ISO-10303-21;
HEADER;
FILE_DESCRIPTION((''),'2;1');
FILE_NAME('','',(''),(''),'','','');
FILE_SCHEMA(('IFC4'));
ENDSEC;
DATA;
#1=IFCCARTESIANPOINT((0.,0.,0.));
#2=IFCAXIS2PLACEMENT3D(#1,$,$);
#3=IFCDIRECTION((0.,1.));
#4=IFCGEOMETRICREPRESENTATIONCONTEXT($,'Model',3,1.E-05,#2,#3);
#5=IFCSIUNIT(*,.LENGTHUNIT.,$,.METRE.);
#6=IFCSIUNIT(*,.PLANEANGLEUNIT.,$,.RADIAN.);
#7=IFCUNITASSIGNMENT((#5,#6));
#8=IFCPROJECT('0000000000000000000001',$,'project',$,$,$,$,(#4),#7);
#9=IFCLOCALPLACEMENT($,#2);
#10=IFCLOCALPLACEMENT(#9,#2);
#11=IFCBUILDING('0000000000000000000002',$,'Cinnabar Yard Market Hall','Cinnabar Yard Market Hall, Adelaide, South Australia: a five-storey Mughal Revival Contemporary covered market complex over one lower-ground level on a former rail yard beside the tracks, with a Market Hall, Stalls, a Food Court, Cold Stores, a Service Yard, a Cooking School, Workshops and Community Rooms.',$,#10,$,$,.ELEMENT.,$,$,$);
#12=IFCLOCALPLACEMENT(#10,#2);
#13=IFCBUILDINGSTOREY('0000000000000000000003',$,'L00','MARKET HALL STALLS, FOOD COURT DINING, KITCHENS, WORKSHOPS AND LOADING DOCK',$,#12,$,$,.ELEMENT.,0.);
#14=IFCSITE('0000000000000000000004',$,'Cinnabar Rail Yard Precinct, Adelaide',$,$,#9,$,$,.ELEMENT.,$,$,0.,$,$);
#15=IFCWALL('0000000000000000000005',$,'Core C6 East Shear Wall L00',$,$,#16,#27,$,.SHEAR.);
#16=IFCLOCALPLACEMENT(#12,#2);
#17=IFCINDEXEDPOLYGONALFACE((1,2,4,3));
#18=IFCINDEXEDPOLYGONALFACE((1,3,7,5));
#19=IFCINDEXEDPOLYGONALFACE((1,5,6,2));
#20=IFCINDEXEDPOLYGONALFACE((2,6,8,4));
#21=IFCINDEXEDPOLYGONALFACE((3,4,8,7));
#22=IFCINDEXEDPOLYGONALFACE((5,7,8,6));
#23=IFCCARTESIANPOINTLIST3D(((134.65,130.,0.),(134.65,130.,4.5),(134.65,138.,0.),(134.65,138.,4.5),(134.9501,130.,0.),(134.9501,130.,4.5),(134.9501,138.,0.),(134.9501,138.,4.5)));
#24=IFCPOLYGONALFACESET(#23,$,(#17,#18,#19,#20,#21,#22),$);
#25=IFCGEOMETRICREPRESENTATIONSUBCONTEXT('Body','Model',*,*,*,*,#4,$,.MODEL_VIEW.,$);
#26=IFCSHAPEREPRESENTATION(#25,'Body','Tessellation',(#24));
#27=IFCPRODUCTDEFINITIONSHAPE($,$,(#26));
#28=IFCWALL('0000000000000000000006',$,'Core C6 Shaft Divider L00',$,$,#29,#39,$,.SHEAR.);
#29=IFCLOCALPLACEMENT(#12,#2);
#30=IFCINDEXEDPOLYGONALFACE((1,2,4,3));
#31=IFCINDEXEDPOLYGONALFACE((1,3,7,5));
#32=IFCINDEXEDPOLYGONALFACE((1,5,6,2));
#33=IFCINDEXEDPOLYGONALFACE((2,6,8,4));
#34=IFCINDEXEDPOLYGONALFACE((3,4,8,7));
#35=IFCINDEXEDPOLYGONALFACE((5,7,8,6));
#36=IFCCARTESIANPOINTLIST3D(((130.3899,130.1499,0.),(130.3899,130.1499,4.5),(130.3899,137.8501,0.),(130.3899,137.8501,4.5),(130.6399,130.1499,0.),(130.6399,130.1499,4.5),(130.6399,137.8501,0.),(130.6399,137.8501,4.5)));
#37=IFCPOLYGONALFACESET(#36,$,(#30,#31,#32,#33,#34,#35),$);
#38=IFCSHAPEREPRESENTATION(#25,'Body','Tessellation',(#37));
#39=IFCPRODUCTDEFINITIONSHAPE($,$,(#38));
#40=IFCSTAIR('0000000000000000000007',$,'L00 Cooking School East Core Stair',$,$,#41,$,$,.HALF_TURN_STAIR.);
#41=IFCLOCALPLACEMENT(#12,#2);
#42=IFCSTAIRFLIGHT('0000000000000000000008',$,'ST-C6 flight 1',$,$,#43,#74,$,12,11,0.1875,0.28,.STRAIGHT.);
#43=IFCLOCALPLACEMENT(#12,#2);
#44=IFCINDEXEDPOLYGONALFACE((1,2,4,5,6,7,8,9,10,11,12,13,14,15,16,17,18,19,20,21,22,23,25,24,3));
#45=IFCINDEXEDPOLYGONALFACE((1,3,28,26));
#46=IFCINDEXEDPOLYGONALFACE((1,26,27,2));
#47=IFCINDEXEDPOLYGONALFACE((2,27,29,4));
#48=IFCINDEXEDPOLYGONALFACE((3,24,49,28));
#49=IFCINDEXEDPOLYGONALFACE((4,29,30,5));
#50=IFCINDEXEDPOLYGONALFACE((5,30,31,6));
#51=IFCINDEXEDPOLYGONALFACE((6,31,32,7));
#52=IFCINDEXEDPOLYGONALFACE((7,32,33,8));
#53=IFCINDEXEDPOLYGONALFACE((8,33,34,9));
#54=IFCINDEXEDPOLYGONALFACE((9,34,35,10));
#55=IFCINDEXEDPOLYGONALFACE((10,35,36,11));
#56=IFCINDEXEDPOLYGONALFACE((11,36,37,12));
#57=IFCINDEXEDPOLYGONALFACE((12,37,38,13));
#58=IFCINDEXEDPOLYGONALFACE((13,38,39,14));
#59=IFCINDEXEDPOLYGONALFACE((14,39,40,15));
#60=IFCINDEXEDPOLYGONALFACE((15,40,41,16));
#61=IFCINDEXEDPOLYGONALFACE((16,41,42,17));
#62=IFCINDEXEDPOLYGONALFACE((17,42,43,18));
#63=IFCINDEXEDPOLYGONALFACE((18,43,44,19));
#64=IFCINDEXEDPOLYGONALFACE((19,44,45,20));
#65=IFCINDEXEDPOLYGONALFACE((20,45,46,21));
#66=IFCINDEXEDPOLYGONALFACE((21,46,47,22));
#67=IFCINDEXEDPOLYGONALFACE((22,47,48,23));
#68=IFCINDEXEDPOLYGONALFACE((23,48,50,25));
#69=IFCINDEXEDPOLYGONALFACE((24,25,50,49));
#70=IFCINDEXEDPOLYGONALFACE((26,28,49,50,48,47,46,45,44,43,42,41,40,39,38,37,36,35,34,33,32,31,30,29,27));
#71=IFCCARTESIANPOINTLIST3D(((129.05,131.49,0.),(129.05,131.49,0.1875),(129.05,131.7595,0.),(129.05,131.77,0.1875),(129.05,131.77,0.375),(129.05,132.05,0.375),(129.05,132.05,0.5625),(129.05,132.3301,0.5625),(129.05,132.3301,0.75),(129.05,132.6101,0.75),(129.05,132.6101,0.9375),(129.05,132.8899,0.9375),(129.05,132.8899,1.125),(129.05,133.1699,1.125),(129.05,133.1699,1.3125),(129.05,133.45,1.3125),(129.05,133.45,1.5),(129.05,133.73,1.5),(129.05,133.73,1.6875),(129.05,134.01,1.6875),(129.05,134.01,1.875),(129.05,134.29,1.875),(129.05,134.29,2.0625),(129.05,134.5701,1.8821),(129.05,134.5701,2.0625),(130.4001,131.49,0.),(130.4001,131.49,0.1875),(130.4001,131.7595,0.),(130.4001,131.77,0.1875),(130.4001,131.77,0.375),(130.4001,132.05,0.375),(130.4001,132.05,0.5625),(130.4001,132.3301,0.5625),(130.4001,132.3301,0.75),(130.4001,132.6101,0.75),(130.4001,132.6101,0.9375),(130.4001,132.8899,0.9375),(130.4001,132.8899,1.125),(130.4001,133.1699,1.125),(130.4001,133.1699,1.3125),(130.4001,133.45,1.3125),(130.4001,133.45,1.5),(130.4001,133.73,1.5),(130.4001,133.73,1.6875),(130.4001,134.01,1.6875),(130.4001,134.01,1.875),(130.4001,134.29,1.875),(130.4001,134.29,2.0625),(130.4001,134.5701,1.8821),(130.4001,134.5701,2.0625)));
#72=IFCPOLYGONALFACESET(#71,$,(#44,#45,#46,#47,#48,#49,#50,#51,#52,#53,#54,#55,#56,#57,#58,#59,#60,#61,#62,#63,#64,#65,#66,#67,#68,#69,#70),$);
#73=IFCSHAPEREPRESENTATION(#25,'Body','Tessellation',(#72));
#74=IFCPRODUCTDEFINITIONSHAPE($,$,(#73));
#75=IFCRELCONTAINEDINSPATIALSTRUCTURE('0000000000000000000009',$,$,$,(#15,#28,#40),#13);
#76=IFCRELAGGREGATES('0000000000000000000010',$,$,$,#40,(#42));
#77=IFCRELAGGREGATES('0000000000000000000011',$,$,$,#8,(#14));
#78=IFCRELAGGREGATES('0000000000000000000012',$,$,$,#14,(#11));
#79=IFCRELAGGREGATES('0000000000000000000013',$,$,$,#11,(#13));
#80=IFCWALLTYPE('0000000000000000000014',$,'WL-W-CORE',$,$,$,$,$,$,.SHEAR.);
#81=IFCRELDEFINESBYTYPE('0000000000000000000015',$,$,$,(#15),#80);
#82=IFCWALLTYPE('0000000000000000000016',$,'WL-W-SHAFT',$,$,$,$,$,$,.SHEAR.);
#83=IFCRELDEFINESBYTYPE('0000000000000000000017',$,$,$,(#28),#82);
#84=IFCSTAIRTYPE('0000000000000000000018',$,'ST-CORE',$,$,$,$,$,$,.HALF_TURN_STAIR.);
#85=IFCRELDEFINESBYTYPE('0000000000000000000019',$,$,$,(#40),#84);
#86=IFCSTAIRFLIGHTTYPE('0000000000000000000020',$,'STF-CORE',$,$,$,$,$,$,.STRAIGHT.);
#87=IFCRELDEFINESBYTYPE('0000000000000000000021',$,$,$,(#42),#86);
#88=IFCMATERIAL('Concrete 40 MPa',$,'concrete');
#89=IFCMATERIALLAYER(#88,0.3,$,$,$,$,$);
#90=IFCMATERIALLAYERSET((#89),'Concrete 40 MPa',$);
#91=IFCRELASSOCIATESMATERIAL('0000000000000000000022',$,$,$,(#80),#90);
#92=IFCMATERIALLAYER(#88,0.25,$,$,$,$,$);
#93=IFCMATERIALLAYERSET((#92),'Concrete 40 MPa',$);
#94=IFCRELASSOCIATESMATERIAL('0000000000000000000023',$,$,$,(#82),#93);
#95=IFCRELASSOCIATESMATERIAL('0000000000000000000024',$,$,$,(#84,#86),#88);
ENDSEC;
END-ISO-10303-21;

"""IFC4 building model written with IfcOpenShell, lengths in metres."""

from ifc_helpers import new_model, si_unit, direction, frame, frame_2d, origin, place, context, subcontext, project, spatial, polyline, rectangle, outline, extrude, material, layer, layer_set, type_object, element, aggregate, save


model = new_model("IFC4")

# Units and contexts
model_context = context("Model", 3, precision=1e-05, world=origin(), true_north=direction((0.0, 1.0)))
body_context = subcontext(model_context, "Body", "Model", "MODEL_VIEW")
ifc_project = project(units=[si_unit("LENGTHUNIT", "METRE"), si_unit("PLANEANGLEUNIT", "RADIAN")], contexts=[model_context])

# Site, building, storey
site_placement = place(None, origin())
site = spatial("IfcSite", under=ifc_project, at=site_placement, Name="Cinnabar Rail Yard Precinct, Adelaide", CompositionType="ELEMENT", RefElevation=0.0)
building_placement = place(site_placement, origin())
building = spatial("IfcBuilding", under=site, at=building_placement, Name="Cinnabar Yard Market Hall", Description="Cinnabar Yard Market Hall, Adelaide, South Australia: a five-storey Mughal Revival Contemporary covered market complex over one lower-ground level on a former rail yard beside the tracks, with a Market Hall, Stalls, a Food Court, Cold Stores, a Service Yard, a Cooking School, Workshops and Community Rooms.", CompositionType="ELEMENT")
storey_placement = place(building_placement, origin())
storey = spatial("IfcBuildingStorey", under=building, at=storey_placement, Name="L00", Description="MARKET HALL STALLS, FOOD COURT DINING, KITCHENS, WORKSHOPS AND LOADING DOCK", CompositionType="ELEMENT", Elevation=0.0)

# Wall
ifc_material_1 = material(Name="Concrete 40 MPa", Category="concrete")
ifc_layer_1 = layer(ifc_material_1, 0.3)
ifc_layer_set_1 = layer_set([ifc_layer_1], Name="Concrete 40 MPa")
wall_type_1 = type_object("IfcWallType", Name="WL-W-CORE", PredefinedType="SHEAR", material=ifc_layer_set_1)
wall_1_placement = place(storey_placement, frame((134.8, 130.0, 0.0), z_axis=(0.0, 0.0, 1.0), x_axis=(0.0, 1.0, 0.0)))
element("IfcWall", 1, at=wall_1_placement, inside=storey, type_object=wall_type_1, Name="Core C6 East Shear Wall L00", PredefinedType="SHEAR", context=body_context, shape_type="SweptSolid", body=[
    extrude(rectangle(XDim=8.0, YDim=0.3, at=frame_2d((4.0, 0.0), x_axis=(1.0, 0.0))), origin(), (0.0, 0.0, 1.0), 4.5),
])

# Wall
ifc_layer_2 = layer(ifc_material_1, 0.25)
ifc_layer_set_2 = layer_set([ifc_layer_2], Name="Concrete 40 MPa")
wall_type_2 = type_object("IfcWallType", Name="WL-W-SHAFT", PredefinedType="SHEAR", material=ifc_layer_set_2)
wall_2_placement = place(storey_placement, frame((130.5149, 130.1499, 0.0), z_axis=(0.0, 0.0, 1.0), x_axis=(0.0, 1.0, 0.0)))
element("IfcWall", 2, at=wall_2_placement, inside=storey, type_object=wall_type_2, Name="Core C6 Shaft Divider L00", PredefinedType="SHEAR", context=body_context, shape_type="SweptSolid", body=[
    extrude(rectangle(XDim=7.7002, YDim=0.25, at=frame_2d((3.8501, 0.0), x_axis=(1.0, 0.0))), origin(), (0.0, 0.0, 1.0), 4.5),
])

# Stair, stair flight
stair_type = type_object("IfcStairType", Name="ST-CORE", PredefinedType="HALF_TURN_STAIR", material=ifc_material_1)
stair_placement = place(storey_placement, origin())
stair = element("IfcStair", 3, at=stair_placement, inside=storey, type_object=stair_type, Name="L00 Cooking School East Core Stair", PredefinedType="HALF_TURN_STAIR")
stair_flight_type = type_object("IfcStairFlightType", Name="STF-CORE", PredefinedType="STRAIGHT", material=ifc_material_1)
stair_flight_placement = place(storey_placement, frame((129.7251, 131.49, 0.0), z_axis=(0.0, 0.0, 1.0), x_axis=(0.0, 1.0, 0.0)))
stair_flight = element("IfcStairFlight", 4, at=stair_flight_placement, type_object=stair_flight_type, Name="ST-C6 flight 1", NumberOfRisers=12, NumberOfTreads=11, PredefinedType="STRAIGHT", RiserHeight=0.1875, TreadLength=0.28, context=body_context, shape_type="SweptSolid", body=[
    extrude(outline(polyline([(0.0, 0.0), (0.0, 0.1875), (0.28, 0.1875), (0.28, 0.375), (0.5601, 0.375), (0.5601, 0.5625), (0.8401, 0.5625), (0.8401, 0.75), (1.1201, 0.75), (1.1201, 0.9375), (1.3999, 0.9375), (1.3999, 1.125), (1.6799, 1.125), (1.6799, 1.3125), (1.96, 1.3125), (1.96, 1.5), (2.24, 1.5), (2.24, 1.6875), (2.52, 1.6875), (2.52, 1.875), (2.8, 1.875), (2.8, 2.0625), (3.0801, 2.0625), (3.0801, 2.25), (3.0801, 1.8821), (0.2695, 0.0), (0.0, 0.0)])), frame((0.0, 0.675, 0.0), z_axis=(0.0, -1.0, 0.0), x_axis=(1.0, 0.0, 0.0)), (0.0, 0.0, 1.0), 1.3501),
])
aggregate(stair, [stair_flight])

save(model, "model.ifc")
